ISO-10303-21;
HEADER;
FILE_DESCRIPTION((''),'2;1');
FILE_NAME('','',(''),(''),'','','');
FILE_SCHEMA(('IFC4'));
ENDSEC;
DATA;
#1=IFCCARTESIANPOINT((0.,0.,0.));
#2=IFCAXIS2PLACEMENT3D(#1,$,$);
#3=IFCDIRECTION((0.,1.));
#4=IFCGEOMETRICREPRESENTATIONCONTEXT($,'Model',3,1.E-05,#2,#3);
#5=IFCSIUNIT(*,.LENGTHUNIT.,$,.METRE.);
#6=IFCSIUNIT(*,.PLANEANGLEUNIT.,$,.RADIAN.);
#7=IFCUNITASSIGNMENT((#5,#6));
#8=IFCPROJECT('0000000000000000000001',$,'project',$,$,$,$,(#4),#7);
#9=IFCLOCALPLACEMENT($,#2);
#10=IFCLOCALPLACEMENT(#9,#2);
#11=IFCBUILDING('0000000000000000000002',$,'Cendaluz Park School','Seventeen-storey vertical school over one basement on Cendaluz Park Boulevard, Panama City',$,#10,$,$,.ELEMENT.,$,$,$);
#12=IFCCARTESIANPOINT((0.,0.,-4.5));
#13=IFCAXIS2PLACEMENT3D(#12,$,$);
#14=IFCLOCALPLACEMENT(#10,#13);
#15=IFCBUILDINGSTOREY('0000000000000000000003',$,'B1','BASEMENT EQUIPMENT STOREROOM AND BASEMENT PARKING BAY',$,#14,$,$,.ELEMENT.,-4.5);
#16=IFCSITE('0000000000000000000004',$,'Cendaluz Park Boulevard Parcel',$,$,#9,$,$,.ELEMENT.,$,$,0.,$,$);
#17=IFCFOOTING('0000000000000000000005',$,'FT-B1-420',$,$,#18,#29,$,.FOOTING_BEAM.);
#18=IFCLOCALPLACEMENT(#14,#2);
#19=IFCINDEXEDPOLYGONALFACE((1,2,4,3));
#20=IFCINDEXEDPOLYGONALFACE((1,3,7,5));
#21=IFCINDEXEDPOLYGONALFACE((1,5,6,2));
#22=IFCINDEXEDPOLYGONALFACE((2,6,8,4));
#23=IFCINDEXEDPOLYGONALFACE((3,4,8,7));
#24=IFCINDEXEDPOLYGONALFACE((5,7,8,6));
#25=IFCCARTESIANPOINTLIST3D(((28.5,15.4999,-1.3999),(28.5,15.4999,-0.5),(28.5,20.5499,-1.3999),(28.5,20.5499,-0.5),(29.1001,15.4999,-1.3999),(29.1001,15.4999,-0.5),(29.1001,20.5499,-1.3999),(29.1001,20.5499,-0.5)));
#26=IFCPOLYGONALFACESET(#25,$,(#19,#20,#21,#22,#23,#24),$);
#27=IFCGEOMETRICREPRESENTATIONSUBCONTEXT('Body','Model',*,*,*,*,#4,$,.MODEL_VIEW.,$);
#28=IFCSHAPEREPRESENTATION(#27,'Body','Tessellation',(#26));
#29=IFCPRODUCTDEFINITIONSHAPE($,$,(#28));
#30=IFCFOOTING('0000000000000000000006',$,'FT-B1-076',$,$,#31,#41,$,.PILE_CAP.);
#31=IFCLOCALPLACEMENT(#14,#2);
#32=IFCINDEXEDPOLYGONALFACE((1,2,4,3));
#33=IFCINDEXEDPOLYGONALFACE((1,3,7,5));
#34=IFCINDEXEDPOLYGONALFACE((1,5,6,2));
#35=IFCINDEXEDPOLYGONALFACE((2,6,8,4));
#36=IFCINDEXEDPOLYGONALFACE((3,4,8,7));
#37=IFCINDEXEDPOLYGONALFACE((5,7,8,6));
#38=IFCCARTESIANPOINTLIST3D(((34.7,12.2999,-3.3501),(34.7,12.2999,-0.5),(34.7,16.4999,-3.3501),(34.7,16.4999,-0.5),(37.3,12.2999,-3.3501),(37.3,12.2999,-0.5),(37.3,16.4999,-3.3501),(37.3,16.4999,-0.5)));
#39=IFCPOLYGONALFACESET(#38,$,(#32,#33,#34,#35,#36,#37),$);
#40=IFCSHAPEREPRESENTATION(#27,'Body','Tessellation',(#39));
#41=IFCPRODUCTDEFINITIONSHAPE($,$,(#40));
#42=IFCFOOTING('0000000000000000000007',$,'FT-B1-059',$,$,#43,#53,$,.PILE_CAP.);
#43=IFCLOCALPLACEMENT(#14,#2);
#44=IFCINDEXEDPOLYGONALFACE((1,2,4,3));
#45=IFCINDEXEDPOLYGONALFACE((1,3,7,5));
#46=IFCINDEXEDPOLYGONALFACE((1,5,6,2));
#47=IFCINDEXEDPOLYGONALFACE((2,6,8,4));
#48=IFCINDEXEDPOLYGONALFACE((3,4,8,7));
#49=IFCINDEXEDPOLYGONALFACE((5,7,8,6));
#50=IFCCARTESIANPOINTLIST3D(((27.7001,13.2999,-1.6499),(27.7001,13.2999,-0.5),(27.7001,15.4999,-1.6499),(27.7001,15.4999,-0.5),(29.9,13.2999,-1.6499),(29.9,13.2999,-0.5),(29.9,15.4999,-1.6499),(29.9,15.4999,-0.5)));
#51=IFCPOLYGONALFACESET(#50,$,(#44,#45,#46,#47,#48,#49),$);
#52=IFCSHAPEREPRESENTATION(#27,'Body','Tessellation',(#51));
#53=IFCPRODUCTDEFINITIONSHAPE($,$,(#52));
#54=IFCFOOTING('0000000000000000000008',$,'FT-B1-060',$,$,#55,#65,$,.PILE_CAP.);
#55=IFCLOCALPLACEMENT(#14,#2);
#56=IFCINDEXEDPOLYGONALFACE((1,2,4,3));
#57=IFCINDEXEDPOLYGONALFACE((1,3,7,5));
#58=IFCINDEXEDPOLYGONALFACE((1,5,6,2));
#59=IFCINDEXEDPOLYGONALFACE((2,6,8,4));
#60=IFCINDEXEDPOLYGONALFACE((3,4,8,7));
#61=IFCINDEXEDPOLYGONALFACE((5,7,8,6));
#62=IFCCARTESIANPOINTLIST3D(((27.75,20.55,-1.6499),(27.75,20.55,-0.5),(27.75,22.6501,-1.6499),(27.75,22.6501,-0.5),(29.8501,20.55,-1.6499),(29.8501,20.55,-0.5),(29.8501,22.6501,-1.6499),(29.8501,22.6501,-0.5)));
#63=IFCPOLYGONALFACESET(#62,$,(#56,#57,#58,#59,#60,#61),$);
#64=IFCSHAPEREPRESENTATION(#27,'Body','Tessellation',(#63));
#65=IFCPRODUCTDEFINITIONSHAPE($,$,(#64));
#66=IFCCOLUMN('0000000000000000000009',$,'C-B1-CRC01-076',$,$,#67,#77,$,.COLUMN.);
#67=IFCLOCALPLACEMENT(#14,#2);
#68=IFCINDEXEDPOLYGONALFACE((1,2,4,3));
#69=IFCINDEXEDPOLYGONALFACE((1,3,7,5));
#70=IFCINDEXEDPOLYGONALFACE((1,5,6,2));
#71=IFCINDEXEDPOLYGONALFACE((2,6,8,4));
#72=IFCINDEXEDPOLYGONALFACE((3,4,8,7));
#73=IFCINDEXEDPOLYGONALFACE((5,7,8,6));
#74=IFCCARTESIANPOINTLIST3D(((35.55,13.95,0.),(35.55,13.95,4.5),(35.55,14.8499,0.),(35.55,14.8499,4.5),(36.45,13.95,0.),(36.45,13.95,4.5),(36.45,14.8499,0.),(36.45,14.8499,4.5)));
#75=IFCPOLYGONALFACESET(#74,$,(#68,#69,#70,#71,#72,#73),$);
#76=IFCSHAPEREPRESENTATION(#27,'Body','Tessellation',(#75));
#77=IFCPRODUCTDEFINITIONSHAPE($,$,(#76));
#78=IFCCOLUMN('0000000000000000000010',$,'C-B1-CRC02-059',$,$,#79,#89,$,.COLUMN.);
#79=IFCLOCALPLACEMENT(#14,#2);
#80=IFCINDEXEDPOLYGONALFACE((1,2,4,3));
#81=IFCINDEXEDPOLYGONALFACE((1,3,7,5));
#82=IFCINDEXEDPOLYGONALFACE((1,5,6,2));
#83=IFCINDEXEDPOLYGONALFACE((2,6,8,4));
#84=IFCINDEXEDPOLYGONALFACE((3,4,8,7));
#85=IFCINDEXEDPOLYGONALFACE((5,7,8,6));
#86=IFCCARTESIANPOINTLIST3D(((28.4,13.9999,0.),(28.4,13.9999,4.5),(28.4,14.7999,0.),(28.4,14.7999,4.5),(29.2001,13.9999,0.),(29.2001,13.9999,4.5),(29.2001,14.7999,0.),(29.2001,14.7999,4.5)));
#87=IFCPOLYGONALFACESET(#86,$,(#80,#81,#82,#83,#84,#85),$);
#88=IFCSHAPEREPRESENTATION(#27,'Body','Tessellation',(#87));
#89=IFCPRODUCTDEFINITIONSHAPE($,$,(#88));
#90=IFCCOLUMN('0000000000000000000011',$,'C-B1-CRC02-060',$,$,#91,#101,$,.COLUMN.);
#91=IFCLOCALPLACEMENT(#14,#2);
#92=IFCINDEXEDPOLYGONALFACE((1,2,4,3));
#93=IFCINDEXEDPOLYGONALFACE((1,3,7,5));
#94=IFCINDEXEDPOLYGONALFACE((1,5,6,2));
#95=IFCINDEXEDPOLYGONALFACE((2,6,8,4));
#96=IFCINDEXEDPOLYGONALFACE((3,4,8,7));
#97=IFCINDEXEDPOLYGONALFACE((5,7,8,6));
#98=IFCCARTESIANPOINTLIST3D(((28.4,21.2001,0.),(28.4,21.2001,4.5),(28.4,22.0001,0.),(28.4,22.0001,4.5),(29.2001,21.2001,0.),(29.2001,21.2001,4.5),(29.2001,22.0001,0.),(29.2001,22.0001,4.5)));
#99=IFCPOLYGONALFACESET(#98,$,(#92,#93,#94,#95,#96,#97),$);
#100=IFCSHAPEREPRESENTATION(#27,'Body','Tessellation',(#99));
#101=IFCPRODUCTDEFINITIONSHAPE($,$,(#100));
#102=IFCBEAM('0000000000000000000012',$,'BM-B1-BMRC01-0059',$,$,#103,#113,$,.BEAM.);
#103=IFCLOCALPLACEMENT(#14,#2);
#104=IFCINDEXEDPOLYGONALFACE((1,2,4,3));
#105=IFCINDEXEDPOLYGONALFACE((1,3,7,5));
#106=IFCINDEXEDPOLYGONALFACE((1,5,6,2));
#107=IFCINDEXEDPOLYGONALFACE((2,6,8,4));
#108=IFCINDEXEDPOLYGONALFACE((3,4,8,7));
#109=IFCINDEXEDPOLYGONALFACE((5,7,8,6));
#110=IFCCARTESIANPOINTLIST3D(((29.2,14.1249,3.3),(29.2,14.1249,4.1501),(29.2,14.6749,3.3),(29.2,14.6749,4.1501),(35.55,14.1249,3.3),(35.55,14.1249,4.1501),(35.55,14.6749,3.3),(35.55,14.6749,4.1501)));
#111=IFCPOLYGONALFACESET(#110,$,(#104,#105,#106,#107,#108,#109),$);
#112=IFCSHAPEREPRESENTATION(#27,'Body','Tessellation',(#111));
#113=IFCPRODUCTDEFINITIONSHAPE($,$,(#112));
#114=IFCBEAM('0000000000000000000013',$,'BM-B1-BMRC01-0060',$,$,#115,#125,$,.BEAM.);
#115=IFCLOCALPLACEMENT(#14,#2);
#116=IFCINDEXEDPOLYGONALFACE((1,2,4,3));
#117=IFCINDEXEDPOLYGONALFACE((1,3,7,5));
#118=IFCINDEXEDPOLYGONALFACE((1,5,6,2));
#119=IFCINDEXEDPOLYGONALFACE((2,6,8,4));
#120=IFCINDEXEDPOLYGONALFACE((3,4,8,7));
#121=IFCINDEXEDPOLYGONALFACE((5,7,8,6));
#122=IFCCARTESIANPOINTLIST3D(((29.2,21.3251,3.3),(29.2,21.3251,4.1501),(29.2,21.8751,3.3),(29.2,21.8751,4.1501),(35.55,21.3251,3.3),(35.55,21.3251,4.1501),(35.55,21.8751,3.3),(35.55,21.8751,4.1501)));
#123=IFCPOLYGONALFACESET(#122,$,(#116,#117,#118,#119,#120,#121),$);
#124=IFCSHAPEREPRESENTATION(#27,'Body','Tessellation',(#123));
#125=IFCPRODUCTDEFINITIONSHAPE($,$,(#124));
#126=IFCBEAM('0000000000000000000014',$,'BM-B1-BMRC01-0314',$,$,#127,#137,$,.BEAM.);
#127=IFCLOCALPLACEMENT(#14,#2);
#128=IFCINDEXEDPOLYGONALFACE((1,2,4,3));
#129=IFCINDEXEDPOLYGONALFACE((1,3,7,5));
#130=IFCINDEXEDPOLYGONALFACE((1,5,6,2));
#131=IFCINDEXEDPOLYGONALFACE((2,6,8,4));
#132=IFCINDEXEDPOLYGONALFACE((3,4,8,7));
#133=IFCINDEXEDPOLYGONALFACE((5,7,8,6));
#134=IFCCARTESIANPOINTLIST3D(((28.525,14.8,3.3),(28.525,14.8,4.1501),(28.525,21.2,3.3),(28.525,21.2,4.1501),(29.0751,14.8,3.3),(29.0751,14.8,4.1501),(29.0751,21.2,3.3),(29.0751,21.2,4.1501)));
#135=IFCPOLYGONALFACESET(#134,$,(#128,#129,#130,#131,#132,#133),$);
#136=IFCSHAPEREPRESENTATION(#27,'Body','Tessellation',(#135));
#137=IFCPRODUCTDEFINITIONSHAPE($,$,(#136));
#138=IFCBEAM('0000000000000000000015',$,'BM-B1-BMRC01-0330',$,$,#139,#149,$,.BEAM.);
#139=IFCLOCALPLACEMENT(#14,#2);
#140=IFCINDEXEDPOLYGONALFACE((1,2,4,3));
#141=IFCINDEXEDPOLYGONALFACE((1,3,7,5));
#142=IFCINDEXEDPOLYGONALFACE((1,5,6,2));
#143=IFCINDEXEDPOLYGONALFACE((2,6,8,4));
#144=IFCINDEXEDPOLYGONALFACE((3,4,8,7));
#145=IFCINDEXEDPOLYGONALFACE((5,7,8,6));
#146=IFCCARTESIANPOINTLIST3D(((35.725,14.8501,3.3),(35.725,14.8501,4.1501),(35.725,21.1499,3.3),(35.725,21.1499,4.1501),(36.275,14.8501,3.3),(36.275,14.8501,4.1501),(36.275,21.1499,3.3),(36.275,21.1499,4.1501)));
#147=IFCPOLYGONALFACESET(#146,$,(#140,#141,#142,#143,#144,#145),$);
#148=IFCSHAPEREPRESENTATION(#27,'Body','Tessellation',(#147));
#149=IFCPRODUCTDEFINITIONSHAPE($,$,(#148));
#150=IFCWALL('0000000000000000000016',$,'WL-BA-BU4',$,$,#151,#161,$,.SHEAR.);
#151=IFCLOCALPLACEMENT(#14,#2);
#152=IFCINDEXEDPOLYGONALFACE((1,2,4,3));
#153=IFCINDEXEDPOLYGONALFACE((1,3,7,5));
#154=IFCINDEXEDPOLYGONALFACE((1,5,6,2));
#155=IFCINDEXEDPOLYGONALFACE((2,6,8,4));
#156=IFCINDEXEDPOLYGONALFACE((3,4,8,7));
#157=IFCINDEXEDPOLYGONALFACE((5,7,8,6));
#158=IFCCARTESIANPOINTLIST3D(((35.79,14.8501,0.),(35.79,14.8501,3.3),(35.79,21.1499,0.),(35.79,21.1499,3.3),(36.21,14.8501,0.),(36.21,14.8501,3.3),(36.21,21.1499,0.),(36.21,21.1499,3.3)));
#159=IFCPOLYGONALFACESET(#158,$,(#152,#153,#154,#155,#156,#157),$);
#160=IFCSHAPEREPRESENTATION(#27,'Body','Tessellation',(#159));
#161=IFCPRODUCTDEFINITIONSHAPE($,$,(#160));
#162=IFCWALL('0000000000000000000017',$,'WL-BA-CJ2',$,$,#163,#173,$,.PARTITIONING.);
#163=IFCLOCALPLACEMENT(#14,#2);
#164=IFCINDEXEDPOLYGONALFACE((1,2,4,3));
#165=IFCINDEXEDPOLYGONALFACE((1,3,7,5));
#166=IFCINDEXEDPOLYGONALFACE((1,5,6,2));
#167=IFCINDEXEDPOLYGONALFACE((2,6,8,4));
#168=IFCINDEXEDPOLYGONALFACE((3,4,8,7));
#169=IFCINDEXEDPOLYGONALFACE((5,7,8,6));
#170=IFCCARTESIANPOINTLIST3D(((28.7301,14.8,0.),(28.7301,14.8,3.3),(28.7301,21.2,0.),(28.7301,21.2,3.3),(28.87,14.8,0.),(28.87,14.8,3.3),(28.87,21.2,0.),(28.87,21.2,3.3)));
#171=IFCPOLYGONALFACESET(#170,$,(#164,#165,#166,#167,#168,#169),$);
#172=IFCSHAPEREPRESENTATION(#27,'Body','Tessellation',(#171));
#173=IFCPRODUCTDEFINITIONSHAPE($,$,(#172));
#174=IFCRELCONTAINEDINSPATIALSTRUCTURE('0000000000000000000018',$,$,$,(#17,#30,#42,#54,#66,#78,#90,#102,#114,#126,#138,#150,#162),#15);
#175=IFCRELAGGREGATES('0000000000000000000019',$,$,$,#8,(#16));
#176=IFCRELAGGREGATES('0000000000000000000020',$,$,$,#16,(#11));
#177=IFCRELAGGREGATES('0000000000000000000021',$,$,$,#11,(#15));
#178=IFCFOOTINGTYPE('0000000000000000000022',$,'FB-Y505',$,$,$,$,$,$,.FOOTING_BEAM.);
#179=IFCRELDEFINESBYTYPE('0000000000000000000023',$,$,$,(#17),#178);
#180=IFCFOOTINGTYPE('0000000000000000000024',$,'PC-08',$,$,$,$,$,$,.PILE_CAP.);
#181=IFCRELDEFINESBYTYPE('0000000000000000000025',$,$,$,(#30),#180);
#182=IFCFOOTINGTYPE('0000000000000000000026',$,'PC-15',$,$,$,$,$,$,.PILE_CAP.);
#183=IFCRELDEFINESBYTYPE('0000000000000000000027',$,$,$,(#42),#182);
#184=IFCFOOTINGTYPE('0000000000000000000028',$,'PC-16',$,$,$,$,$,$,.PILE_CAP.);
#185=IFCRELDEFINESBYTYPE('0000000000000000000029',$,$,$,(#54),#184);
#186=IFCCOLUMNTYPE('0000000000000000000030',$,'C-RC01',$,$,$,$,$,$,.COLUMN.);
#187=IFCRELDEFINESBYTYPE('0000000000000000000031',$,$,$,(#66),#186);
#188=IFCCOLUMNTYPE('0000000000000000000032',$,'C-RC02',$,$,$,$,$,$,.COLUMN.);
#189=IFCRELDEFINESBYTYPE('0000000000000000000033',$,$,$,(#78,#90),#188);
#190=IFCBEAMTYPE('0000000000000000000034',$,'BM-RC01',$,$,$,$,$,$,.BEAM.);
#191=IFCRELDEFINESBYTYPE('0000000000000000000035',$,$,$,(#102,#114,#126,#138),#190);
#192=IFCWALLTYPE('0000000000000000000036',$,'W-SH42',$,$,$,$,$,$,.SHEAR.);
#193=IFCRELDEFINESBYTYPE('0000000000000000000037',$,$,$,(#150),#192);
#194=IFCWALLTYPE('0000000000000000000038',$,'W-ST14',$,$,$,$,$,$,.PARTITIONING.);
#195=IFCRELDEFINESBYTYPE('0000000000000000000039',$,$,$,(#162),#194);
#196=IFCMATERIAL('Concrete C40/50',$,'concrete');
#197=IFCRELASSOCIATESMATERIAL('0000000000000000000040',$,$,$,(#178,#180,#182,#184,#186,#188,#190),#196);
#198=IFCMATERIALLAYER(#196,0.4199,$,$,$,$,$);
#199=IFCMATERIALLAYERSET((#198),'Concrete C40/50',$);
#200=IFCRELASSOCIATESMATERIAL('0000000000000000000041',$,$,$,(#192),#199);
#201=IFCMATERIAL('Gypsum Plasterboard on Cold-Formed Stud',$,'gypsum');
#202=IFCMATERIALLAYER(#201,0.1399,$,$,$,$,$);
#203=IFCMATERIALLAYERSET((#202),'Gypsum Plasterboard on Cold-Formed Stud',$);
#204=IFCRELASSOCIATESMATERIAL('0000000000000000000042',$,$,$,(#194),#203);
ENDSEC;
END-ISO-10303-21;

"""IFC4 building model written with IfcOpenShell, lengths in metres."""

from ifc_helpers import new_model, si_unit, direction, frame, frame_2d, origin, origin_2d, place, context, subcontext, project, spatial, rectangle, extrude, material, layer, layer_set, material_profile, profile_set, type_object, element, save


model = new_model("IFC4")

# Units and contexts
model_context = context("Model", 3, precision=1e-05, world=origin(), true_north=direction((0.0, 1.0)))
body_context = subcontext(model_context, "Body", "Model", "MODEL_VIEW")
ifc_project = project(units=[si_unit("LENGTHUNIT", "METRE"), si_unit("PLANEANGLEUNIT", "RADIAN")], contexts=[model_context])

# Site, building, storey
site_placement = place(None, origin())
site = spatial("IfcSite", under=ifc_project, at=site_placement, Name="Cendaluz Park Boulevard Parcel", CompositionType="ELEMENT", RefElevation=0.0)
building_placement = place(site_placement, origin())
building = spatial("IfcBuilding", under=site, at=building_placement, Name="Cendaluz Park School", Description="Seventeen-storey vertical school over one basement on Cendaluz Park Boulevard, Panama City", CompositionType="ELEMENT")
storey_placement = place(building_placement, frame((0.0, 0.0, -4.5)))
storey = spatial("IfcBuildingStorey", under=building, at=storey_placement, Name="B1", Description="BASEMENT EQUIPMENT STOREROOM AND BASEMENT PARKING BAY", CompositionType="ELEMENT", Elevation=-4.5)

# Shared definitions
ifc_material_1 = material(Name="Concrete C40/50", Category="concrete")

# Footings
footing_type_1 = type_object("IfcFootingType", Name="FB-Y505", PredefinedType="FOOTING_BEAM", material=ifc_material_1)
footing_1_placement = place(storey_placement, frame((28.8, 18.0249, -1.3999), z_axis=(0.0, 0.0, 1.0), x_axis=(1.0, 0.0, 0.0)))
element("IfcFooting", 1, at=footing_1_placement, inside=storey, type_object=footing_type_1, Name="FT-B1-420", PredefinedType="FOOTING_BEAM", context=body_context, shape_type="SweptSolid", body=[
    extrude(rectangle(XDim=0.6001, YDim=5.05, at=origin_2d()), origin(), (0.0, 0.0, 1.0), 0.8999),
])
footing_type_2 = type_object("IfcFootingType", Name="PC-08", PredefinedType="PILE_CAP", material=ifc_material_1)
footing_2_placement = place(storey_placement, frame((36.0, 14.3999, -3.3501), z_axis=(0.0, 0.0, 1.0), x_axis=(1.0, 0.0, 0.0)))
element("IfcFooting", 2, at=footing_2_placement, inside=storey, type_object=footing_type_2, Name="FT-B1-076", PredefinedType="PILE_CAP", context=body_context, shape_type="SweptSolid", body=[
    extrude(rectangle(XDim=2.6001, YDim=4.2, at=origin_2d()), origin(), (0.0, 0.0, 1.0), 2.8501),
])
footing_type_3 = type_object("IfcFootingType", Name="PC-15", PredefinedType="PILE_CAP", material=ifc_material_1)
footing_3_placement = place(storey_placement, frame((28.8, 14.3999, -1.6499), z_axis=(0.0, 0.0, 1.0), x_axis=(1.0, 0.0, 0.0)))
element("IfcFooting", 3, at=footing_3_placement, inside=storey, type_object=footing_type_3, Name="FT-B1-059", PredefinedType="PILE_CAP", context=body_context, shape_type="SweptSolid", body=[
    extrude(rectangle(XDim=2.2, YDim=2.2, at=origin_2d()), origin(), (0.0, 0.0, 1.0), 1.1499),
])
footing_type_4 = type_object("IfcFootingType", Name="PC-16", PredefinedType="PILE_CAP", material=ifc_material_1)
footing_4_placement = place(storey_placement, frame((28.8, 21.6001, -1.6499), z_axis=(0.0, 0.0, 1.0), x_axis=(1.0, 0.0, 0.0)))
element("IfcFooting", 4, at=footing_4_placement, inside=storey, type_object=footing_type_4, Name="FT-B1-060", PredefinedType="PILE_CAP", context=body_context, shape_type="SweptSolid", body=[
    extrude(rectangle(XDim=2.1001, YDim=2.1001, at=origin_2d()), origin(), (0.0, 0.0, 1.0), 1.1499),
])

# Columns
ifc_material_profile_1 = material_profile(ifc_material_1, rectangle(XDim=0.8999, YDim=0.8999, at=origin_2d()), Name="RC 900x900", Category="concrete")
ifc_profile_set_1 = profile_set([ifc_material_profile_1], Name="Concrete C40/50")
column_type_1 = type_object("IfcColumnType", Name="C-RC01", PredefinedType="COLUMN", material=ifc_profile_set_1)
column_placement = place(storey_placement, frame((36.0, 14.3999, 0.0), z_axis=(0.0, 0.0, 1.0), x_axis=(1.0, 0.0, 0.0)))
element("IfcColumn", 5, at=column_placement, inside=storey, type_object=column_type_1, Name="C-B1-CRC01-076", PredefinedType="COLUMN", context=body_context, shape_type="SweptSolid", body=[
    extrude(rectangle(XDim=0.8999, YDim=0.8999, at=origin_2d()), origin(), (0.0, 0.0, 1.0), 4.5),
])
ifc_material_profile_2 = material_profile(ifc_material_1, rectangle(XDim=0.8, YDim=0.8, at=origin_2d()), Name="RC 800x800", Category="concrete")
ifc_profile_set_2 = profile_set([ifc_material_profile_2], Name="Concrete C40/50")
column_type_2 = type_object("IfcColumnType", Name="C-RC02", PredefinedType="COLUMN", material=ifc_profile_set_2)
for number, where, z_axis, x_axis, name in (
    (6, (28.8, 14.3999, 0.0), (0.0, 0.0, 1.0), (1.0, 0.0, 0.0), "C-B1-CRC02-059"),
    (7, (28.8, 21.6001, 0.0), (0.0, 0.0, 1.0), (1.0, 0.0, 0.0), "C-B1-CRC02-060"),
):
    element("IfcColumn", number, at=place(storey_placement, frame(where, z_axis=z_axis, x_axis=x_axis)), inside=storey, type_object=column_type_2, Name=name, PredefinedType="COLUMN", context=body_context, shape_type="SweptSolid", body=[
        extrude(rectangle(XDim=0.8, YDim=0.8, at=origin_2d()), origin(), (0.0, 0.0, 1.0), 4.5),
    ])

# Beams
ifc_material_profile_3 = material_profile(ifc_material_1, rectangle(XDim=0.55, YDim=0.8501, at=origin_2d()), Name="RC 550x850", Category="concrete")
ifc_profile_set_3 = profile_set([ifc_material_profile_3], Name="Concrete C40/50")
beam_type = type_object("IfcBeamType", Name="BM-RC01", PredefinedType="BEAM", material=ifc_profile_set_3)
for number, where, z_axis, x_axis, name in (
    (8, (29.2, 14.3999, 3.7251), (1.0, 0.0, 0.0), (0.0, 1.0, 0.0), "BM-B1-BMRC01-0059"),
    (9, (29.2, 21.6001, 3.7251), (1.0, 0.0, 0.0), (0.0, 1.0, 0.0), "BM-B1-BMRC01-0060"),
):
    element("IfcBeam", number, at=place(storey_placement, frame(where, z_axis=z_axis, x_axis=x_axis)), inside=storey, type_object=beam_type, Name=name, PredefinedType="BEAM", context=body_context, shape_type="SweptSolid", body=[
        extrude(rectangle(XDim=0.55, YDim=0.8501, at=origin_2d()), origin(), (0.0, 0.0, 1.0), 6.3501),
    ])
beam_1_placement = place(storey_placement, frame((28.8, 14.8, 3.7251), z_axis=(0.0, 1.0, 0.0), x_axis=(-1.0, 0.0, 0.0)))
element("IfcBeam", 10, at=beam_1_placement, inside=storey, type_object=beam_type, Name="BM-B1-BMRC01-0314", PredefinedType="BEAM", context=body_context, shape_type="SweptSolid", body=[
    extrude(rectangle(XDim=0.55, YDim=0.8501, at=origin_2d()), origin(), (0.0, 0.0, 1.0), 6.3999),
])
beam_2_placement = place(storey_placement, frame((36.0, 14.8501, 3.7251), z_axis=(0.0, 1.0, 0.0), x_axis=(-1.0, 0.0, 0.0)))
element("IfcBeam", 11, at=beam_2_placement, inside=storey, type_object=beam_type, Name="BM-B1-BMRC01-0330", PredefinedType="BEAM", context=body_context, shape_type="SweptSolid", body=[
    extrude(rectangle(XDim=0.55, YDim=0.8501, at=origin_2d()), origin(), (0.0, 0.0, 1.0), 6.2998),
])

# Walls
ifc_layer_1 = layer(ifc_material_1, 0.4199)
ifc_layer_set_1 = layer_set([ifc_layer_1], Name="Concrete C40/50")
wall_type_1 = type_object("IfcWallType", Name="W-SH42", PredefinedType="SHEAR", material=ifc_layer_set_1)
wall_1_placement = place(storey_placement, frame((36.0, 14.8501, 0.0), z_axis=(0.0, 0.0, 1.0), x_axis=(0.0, 1.0, 0.0)))
element("IfcWall", 12, at=wall_1_placement, inside=storey, type_object=wall_type_1, Name="WL-BA-BU4", PredefinedType="SHEAR", context=body_context, shape_type="SweptSolid", body=[
    extrude(rectangle(XDim=6.2998, YDim=0.4199, at=frame_2d((3.1499, 0.0))), origin(), (0.0, 0.0, 1.0), 3.3),
])
ifc_material_2 = material(Name="Gypsum Plasterboard on Cold-Formed Stud", Category="gypsum")
ifc_layer_2 = layer(ifc_material_2, 0.1399)
ifc_layer_set_2 = layer_set([ifc_layer_2], Name="Gypsum Plasterboard on Cold-Formed Stud")
wall_type_2 = type_object("IfcWallType", Name="W-ST14", PredefinedType="PARTITIONING", material=ifc_layer_set_2)
wall_2_placement = place(storey_placement, frame((28.8, 14.8, 0.0), z_axis=(0.0, 0.0, 1.0), x_axis=(0.0, 1.0, 0.0)))
element("IfcWall", 13, at=wall_2_placement, inside=storey, type_object=wall_type_2, Name="WL-BA-CJ2", PredefinedType="PARTITIONING", context=body_context, shape_type="SweptSolid", body=[
    extrude(rectangle(XDim=6.3999, YDim=0.1399, at=frame_2d((3.2, 0.0))), origin(), (0.0, 0.0, 1.0), 3.3),
])

save(model, "model.ifc")
